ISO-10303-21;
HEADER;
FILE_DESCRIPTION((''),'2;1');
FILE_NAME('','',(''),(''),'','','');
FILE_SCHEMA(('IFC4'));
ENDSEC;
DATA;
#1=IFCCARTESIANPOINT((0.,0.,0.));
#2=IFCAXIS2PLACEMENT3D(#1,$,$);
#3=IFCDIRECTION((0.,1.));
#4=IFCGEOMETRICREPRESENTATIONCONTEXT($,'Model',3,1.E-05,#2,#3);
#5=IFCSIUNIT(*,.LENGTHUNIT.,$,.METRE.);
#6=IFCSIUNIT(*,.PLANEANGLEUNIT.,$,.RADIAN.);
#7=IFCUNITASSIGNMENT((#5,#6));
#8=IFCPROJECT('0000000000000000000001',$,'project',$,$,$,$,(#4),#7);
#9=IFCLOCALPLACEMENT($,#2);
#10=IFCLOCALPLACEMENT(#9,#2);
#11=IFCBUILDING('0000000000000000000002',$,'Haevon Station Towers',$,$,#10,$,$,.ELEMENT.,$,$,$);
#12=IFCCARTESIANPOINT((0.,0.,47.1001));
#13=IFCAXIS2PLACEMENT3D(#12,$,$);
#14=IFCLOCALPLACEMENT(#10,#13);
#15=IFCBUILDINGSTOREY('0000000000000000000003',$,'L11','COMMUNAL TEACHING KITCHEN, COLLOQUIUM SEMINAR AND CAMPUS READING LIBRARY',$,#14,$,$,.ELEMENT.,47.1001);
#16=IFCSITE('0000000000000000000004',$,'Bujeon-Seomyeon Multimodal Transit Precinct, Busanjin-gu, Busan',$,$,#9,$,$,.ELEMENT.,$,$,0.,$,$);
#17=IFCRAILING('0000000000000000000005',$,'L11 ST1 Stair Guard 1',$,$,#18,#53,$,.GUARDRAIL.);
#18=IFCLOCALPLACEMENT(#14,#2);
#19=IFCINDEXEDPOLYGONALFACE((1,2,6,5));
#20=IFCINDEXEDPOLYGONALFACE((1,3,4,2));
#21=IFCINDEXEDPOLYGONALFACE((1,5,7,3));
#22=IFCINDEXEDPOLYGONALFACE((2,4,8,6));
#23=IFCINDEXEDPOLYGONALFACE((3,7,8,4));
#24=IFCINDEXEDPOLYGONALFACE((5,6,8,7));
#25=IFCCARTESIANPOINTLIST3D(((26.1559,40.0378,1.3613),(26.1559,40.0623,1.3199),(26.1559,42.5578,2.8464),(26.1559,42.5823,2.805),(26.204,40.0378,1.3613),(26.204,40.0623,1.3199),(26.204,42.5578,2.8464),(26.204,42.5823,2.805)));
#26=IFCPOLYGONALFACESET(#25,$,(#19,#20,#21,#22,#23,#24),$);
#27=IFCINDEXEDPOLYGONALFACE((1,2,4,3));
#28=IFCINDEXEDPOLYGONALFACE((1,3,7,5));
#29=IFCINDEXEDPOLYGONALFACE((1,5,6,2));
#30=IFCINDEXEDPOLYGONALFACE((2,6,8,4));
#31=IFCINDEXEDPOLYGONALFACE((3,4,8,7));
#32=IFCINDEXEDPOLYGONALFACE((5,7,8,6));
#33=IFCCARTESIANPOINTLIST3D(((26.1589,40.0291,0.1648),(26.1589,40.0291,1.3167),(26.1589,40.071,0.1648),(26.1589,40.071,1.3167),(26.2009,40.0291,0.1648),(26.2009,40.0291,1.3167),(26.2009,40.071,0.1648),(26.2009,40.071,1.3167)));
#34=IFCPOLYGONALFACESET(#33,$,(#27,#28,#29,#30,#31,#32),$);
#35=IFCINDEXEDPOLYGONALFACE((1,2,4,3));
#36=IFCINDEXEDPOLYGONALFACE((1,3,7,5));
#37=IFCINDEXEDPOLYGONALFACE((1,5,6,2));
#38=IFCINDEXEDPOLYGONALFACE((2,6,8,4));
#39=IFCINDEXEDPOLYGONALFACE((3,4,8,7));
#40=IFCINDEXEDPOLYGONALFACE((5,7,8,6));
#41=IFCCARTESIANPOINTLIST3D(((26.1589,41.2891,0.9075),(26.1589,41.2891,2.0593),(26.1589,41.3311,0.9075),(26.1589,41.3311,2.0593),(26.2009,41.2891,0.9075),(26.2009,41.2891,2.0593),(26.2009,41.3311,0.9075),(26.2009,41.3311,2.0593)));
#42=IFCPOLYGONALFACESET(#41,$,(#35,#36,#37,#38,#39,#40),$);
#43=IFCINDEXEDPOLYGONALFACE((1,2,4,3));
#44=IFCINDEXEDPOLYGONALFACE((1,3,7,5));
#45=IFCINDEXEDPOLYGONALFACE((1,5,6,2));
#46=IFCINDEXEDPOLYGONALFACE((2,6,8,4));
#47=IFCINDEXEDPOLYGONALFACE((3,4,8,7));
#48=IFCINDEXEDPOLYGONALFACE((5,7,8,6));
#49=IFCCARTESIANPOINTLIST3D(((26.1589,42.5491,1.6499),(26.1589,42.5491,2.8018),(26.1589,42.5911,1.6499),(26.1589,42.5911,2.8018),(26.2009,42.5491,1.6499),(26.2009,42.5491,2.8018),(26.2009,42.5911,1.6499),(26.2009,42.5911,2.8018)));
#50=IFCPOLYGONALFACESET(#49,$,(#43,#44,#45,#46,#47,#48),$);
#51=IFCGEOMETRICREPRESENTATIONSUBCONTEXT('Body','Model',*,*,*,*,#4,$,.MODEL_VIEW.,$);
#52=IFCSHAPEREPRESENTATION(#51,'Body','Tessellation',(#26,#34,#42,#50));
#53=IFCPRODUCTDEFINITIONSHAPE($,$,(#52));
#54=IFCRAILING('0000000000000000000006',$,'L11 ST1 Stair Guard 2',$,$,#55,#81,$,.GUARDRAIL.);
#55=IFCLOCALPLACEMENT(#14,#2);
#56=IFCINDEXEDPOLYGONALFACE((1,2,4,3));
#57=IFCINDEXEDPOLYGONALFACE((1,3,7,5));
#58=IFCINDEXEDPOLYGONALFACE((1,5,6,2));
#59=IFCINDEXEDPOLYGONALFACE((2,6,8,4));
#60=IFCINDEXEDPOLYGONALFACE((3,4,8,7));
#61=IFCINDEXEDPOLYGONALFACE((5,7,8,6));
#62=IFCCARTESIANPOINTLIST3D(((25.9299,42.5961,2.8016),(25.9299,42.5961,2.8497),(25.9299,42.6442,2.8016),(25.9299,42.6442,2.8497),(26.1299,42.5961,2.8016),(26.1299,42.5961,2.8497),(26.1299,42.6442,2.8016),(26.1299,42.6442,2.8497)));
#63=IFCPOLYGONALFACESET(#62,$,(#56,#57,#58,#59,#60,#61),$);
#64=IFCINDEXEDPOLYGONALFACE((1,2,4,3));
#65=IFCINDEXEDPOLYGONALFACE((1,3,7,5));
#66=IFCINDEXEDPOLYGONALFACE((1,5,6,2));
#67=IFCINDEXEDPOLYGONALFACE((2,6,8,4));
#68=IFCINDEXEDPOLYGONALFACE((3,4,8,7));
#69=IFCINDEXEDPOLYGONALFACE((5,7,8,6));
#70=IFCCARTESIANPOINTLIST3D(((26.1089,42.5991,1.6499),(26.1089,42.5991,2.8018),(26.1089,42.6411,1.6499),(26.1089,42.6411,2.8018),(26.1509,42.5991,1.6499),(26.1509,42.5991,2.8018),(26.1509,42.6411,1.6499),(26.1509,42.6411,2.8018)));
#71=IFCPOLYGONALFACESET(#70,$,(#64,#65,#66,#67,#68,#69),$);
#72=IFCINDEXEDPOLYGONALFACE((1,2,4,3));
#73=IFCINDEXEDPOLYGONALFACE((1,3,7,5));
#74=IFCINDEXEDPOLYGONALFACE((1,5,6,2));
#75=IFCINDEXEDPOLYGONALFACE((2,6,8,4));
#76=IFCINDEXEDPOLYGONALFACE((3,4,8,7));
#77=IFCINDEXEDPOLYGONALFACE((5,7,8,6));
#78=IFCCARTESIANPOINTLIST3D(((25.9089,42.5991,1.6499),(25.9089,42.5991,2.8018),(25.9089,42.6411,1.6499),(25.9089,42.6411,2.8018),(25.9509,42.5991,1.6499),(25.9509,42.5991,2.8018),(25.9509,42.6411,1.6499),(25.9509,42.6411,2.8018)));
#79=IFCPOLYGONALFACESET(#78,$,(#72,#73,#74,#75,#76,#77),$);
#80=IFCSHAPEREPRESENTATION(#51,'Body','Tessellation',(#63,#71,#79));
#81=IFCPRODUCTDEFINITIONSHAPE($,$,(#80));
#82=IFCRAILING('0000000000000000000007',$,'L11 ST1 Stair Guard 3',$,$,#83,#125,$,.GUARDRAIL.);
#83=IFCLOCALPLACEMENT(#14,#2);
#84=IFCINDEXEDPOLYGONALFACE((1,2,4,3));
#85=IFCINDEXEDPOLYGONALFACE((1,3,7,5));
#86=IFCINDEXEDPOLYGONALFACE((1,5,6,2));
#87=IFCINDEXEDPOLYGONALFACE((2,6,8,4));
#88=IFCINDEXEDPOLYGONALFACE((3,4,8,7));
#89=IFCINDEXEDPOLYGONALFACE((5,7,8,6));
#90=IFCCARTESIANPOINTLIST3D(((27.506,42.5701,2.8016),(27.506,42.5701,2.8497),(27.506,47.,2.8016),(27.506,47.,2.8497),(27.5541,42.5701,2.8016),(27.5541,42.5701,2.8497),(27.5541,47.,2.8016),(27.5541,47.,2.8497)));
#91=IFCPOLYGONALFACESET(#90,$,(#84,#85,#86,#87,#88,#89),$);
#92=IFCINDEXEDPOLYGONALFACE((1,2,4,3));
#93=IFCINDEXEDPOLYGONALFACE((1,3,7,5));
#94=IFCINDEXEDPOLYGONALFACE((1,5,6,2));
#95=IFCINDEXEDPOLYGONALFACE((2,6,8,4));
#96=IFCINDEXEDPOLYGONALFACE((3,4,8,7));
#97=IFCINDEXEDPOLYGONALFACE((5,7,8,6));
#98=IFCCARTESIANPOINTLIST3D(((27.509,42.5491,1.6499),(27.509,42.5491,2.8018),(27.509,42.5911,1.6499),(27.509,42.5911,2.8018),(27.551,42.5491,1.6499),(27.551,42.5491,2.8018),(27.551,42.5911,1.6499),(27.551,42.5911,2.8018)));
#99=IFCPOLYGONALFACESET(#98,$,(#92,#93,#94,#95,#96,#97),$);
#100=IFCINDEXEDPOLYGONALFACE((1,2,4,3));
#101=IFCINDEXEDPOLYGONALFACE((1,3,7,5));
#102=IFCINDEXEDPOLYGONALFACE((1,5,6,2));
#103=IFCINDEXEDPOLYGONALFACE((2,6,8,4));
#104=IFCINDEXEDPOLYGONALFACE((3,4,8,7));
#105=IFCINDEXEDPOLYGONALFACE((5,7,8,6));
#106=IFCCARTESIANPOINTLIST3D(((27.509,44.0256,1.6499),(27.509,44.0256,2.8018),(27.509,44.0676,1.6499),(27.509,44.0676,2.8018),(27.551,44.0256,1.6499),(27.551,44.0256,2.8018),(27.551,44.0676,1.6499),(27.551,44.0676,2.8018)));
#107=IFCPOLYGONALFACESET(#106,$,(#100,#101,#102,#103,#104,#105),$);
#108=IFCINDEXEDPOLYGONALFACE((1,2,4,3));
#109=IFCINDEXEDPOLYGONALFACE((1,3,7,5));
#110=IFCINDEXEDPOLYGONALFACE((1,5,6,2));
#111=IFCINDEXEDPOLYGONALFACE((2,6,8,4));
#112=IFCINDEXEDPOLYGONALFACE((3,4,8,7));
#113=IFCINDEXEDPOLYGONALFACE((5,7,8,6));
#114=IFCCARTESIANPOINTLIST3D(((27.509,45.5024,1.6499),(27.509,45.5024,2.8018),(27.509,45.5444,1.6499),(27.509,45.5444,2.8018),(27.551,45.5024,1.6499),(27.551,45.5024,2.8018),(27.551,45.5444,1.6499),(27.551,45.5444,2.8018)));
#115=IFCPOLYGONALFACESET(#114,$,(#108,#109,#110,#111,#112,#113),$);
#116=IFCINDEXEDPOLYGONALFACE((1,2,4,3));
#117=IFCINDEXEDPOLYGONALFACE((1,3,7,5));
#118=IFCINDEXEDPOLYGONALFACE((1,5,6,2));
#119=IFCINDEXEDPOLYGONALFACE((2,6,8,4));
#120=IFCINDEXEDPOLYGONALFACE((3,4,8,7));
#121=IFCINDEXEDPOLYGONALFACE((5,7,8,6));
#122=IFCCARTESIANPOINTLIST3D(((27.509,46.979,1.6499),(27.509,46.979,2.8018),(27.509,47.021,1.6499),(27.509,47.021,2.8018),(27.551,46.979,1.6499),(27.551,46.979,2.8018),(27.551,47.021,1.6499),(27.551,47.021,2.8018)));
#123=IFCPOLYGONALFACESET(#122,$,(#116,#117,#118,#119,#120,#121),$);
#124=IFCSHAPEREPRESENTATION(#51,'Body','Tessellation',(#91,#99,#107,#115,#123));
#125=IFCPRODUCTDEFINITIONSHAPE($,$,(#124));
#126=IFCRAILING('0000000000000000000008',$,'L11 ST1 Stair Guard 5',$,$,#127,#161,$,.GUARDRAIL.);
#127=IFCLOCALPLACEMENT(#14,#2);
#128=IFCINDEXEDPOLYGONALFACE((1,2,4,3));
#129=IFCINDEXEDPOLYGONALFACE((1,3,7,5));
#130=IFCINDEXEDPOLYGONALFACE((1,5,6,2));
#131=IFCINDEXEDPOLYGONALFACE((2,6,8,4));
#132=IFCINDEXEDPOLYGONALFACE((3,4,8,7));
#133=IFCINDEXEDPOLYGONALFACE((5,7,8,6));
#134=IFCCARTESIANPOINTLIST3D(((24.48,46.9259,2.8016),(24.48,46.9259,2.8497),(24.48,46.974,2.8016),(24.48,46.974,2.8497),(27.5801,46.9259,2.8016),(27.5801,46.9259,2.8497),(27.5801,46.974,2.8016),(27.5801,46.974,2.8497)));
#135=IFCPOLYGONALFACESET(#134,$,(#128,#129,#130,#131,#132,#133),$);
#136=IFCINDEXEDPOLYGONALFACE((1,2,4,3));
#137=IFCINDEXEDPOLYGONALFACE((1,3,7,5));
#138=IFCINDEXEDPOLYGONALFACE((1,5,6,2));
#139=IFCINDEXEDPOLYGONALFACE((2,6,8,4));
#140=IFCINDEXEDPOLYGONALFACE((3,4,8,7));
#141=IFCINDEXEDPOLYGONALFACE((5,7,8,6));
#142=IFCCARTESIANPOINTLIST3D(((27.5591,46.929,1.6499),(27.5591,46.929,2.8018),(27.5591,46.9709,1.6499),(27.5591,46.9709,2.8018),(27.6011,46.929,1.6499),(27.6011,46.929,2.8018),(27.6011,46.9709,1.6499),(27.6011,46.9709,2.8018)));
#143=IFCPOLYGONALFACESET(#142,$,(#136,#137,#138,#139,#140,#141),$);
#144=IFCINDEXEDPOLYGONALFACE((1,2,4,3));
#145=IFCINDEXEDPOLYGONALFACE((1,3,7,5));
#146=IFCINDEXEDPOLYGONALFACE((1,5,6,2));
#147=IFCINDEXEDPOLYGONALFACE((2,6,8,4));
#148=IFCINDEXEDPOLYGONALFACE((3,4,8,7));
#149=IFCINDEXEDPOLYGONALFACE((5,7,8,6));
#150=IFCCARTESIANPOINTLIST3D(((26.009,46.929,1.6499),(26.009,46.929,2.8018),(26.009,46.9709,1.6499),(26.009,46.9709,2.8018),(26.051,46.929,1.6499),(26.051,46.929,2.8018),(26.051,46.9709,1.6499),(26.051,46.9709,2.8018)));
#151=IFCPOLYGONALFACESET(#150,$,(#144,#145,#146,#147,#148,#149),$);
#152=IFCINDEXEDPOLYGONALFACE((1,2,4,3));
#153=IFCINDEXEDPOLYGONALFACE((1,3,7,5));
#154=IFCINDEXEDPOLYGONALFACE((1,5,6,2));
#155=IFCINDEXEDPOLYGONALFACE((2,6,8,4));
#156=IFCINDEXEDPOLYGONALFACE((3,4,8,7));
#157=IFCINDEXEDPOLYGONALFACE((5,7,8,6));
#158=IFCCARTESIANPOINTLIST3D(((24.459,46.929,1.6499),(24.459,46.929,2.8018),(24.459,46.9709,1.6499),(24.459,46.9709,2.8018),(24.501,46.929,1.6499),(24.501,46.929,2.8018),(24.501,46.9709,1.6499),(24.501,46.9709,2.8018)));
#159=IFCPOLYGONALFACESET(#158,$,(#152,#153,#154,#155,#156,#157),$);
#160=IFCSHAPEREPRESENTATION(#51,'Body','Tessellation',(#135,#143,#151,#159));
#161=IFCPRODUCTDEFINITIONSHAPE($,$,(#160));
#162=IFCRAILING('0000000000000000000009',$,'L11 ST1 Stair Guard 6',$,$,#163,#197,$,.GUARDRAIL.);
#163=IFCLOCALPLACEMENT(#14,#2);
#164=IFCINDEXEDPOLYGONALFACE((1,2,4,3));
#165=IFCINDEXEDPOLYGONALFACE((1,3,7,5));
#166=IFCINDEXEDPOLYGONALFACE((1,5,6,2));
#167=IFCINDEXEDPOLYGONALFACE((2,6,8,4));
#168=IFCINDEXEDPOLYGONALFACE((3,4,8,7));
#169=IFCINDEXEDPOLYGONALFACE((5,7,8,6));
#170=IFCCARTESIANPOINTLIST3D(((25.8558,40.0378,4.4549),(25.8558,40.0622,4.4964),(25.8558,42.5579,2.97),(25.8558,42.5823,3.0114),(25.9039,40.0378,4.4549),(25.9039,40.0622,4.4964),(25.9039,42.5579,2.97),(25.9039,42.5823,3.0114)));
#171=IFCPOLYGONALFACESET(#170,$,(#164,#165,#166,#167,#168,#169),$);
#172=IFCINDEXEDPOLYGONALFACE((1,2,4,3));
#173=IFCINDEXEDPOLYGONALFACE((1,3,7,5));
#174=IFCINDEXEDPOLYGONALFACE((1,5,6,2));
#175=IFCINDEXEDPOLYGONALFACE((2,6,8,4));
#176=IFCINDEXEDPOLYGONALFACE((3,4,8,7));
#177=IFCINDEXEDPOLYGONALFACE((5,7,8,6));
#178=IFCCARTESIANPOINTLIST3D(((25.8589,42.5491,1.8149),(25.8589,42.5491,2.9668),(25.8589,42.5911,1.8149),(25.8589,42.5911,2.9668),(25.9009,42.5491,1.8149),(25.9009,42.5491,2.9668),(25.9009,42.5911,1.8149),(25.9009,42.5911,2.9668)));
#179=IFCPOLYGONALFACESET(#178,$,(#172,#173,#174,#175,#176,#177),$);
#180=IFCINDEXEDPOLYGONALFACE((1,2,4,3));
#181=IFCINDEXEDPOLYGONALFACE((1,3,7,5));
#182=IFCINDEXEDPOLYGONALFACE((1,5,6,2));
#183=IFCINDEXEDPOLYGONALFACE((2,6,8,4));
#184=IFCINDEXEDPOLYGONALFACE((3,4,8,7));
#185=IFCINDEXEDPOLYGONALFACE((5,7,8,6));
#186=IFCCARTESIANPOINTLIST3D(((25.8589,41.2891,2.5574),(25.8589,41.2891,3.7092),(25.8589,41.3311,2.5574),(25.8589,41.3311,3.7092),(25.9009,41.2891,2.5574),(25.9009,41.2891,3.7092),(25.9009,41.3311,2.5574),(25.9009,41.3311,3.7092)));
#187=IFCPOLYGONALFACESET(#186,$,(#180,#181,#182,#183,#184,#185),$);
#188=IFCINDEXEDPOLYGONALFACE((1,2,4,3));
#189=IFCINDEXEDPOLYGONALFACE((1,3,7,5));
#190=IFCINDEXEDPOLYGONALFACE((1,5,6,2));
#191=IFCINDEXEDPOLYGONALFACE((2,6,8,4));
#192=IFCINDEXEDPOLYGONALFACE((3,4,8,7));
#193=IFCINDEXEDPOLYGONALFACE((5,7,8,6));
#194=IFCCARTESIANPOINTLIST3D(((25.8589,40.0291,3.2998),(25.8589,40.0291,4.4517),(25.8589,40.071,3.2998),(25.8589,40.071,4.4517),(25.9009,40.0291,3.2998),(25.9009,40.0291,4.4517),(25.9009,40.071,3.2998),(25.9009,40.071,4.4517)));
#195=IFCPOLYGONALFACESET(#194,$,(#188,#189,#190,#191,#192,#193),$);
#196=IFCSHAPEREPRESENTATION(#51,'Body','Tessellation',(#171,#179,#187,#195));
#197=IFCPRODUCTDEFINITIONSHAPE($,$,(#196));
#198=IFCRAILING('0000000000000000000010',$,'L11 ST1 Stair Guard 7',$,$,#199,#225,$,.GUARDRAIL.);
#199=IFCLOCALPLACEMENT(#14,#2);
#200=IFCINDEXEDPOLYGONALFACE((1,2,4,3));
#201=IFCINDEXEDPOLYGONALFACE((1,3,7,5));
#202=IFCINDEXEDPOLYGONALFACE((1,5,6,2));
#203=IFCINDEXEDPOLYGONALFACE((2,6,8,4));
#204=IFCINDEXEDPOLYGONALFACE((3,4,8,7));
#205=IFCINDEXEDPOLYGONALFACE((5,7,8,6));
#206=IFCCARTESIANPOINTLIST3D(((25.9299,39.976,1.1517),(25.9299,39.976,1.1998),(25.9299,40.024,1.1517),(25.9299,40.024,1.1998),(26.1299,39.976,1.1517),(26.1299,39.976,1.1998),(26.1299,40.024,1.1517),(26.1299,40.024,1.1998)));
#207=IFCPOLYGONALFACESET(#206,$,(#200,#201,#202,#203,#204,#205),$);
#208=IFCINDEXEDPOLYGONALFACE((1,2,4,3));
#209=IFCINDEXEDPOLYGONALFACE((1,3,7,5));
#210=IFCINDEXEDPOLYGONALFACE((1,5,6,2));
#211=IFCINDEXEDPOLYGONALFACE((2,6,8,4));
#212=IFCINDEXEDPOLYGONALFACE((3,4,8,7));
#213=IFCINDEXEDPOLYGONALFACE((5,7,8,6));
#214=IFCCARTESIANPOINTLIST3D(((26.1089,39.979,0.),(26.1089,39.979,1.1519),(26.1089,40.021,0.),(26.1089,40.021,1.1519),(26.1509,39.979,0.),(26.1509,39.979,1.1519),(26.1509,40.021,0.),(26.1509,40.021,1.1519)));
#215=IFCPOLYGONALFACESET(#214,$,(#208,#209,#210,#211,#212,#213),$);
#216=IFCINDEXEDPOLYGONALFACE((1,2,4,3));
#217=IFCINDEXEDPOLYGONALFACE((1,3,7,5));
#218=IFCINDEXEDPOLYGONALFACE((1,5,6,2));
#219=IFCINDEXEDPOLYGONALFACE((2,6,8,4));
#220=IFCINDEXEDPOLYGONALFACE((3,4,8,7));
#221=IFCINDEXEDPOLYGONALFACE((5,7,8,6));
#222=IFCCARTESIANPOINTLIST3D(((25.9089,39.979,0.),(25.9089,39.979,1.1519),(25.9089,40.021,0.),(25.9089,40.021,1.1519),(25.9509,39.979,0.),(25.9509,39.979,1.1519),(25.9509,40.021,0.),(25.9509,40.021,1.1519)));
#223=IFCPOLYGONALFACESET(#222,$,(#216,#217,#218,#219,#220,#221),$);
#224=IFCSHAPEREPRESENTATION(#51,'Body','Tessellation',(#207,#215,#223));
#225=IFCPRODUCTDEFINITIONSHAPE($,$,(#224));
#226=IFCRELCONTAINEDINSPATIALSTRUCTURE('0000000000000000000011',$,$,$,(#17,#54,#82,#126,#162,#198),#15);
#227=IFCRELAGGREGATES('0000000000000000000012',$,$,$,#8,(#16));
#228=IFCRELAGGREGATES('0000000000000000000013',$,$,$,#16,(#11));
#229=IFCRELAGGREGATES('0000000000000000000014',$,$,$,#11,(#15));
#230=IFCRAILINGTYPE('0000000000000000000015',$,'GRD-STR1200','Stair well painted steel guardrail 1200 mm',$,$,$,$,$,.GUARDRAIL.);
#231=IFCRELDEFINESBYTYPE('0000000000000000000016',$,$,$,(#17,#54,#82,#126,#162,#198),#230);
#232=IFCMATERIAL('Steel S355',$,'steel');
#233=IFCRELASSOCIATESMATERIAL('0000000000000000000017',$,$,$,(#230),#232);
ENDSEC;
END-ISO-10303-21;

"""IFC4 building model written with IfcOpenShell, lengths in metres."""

from ifc_helpers import new_model, si_unit, direction, frame, origin, origin_2d, place, context, subcontext, project, spatial, rectangle, extrude, material, type_object, element, save


model = new_model("IFC4")

# Units and contexts
model_context = context("Model", 3, precision=1e-05, world=origin(), true_north=direction((0.0, 1.0)))
body_context = subcontext(model_context, "Body", "Model", "MODEL_VIEW")
ifc_project = project(units=[si_unit("LENGTHUNIT", "METRE"), si_unit("PLANEANGLEUNIT", "RADIAN")], contexts=[model_context])

# Site, building, storey
site_placement = place(None, origin())
site = spatial("IfcSite", under=ifc_project, at=site_placement, Name="Bujeon-Seomyeon Multimodal Transit Precinct, Busanjin-gu, Busan", CompositionType="ELEMENT", RefElevation=0.0)
building_placement = place(site_placement, origin())
building = spatial("IfcBuilding", under=site, at=building_placement, Name="Haevon Station Towers", CompositionType="ELEMENT")
storey_placement = place(building_placement, frame((0.0, 0.0, 47.1001)))
storey = spatial("IfcBuildingStorey", under=building, at=storey_placement, Name="L11", Description="COMMUNAL TEACHING KITCHEN, COLLOQUIUM SEMINAR AND CAMPUS READING LIBRARY", CompositionType="ELEMENT", Elevation=47.1001)

# Shared definitions
ifc_material_1 = material(Name="Steel S355", Category="steel")

# Railings
railing_type_1 = type_object("IfcRailingType", Name="GRD-STR1200", Description="Stair well painted steel guardrail 1200 mm", PredefinedType="GUARDRAIL", material=ifc_material_1)
railing_1_placement = place(storey_placement, frame((26.1799, 40.05, 0.1648)))
element("IfcRailing", 1, at=railing_1_placement, inside=storey, type_object=railing_type_1, Name="L11 ST1 Stair Guard 1", PredefinedType="GUARDRAIL", context=body_context, shape_type="SweptSolid", body=[
    extrude(rectangle(XDim=0.0481, YDim=0.0481, at=origin_2d()), frame((0.0, 0.0, 1.1758), z_axis=(0.0, 0.861524, 0.507717), x_axis=(-1.0, 0.0, 0.0)), (0.0, 0.0, 1.0), 2.925),
    extrude(rectangle(XDim=0.042, YDim=0.042, at=origin_2d()), origin(), (0.0, 0.0, 1.0), 1.1519),
    extrude(rectangle(XDim=0.042, YDim=0.042, at=origin_2d()), frame((0.0, 1.26, 0.7427)), (0.0, 0.0, 1.0), 1.1519),
    extrude(rectangle(XDim=0.042, YDim=0.042, at=origin_2d()), frame((0.0, 2.52, 1.4851)), (0.0, 0.0, 1.0), 1.1519),
])
railing_2_placement = place(storey_placement, frame((26.1299, 42.6201, 1.6499)))
element("IfcRailing", 2, at=railing_2_placement, inside=storey, type_object=railing_type_1, Name="L11 ST1 Stair Guard 2", PredefinedType="GUARDRAIL", context=body_context, shape_type="SweptSolid", body=[
    extrude(rectangle(XDim=0.0481, YDim=0.0481, at=origin_2d()), frame((0.0, 0.0, 1.1758), z_axis=(-1.0, 0.0, 0.0), x_axis=(0.0, -1.0, 0.0)), (0.0, 0.0, 1.0), 0.2),
    extrude(rectangle(XDim=0.042, YDim=0.042, at=origin_2d()), origin(), (0.0, 0.0, 1.0), 1.1519),
    extrude(rectangle(XDim=0.042, YDim=0.042, at=origin_2d()), frame((-0.2, 0.0, 0.0)), (0.0, 0.0, 1.0), 1.1519),
])
railing_3_placement = place(storey_placement, frame((27.53, 42.5701, 1.6499)))
element("IfcRailing", 3, at=railing_3_placement, inside=storey, type_object=railing_type_1, Name="L11 ST1 Stair Guard 3", PredefinedType="GUARDRAIL", context=body_context, shape_type="SweptSolid", body=[
    extrude(rectangle(XDim=0.0481, YDim=0.0481, at=origin_2d()), frame((0.0, 0.0, 1.1758), z_axis=(0.0, 1.0, 0.0), x_axis=(-1.0, 0.0, 0.0)), (0.0, 0.0, 1.0), 4.4299),
    extrude(rectangle(XDim=0.042, YDim=0.042, at=origin_2d()), origin(), (0.0, 0.0, 1.0), 1.1519),
    extrude(rectangle(XDim=0.042, YDim=0.042, at=origin_2d()), frame((0.0, 1.4766, 0.0)), (0.0, 0.0, 1.0), 1.1519),
    extrude(rectangle(XDim=0.042, YDim=0.042, at=origin_2d()), frame((0.0, 2.9534, 0.0)), (0.0, 0.0, 1.0), 1.1519),
    extrude(rectangle(XDim=0.042, YDim=0.042, at=origin_2d()), frame((0.0, 4.4299, 0.0)), (0.0, 0.0, 1.0), 1.1519),
])
railing_4_placement = place(storey_placement, frame((27.5801, 46.95, 1.6499)))
element("IfcRailing", 4, at=railing_4_placement, inside=storey, type_object=railing_type_1, Name="L11 ST1 Stair Guard 5", PredefinedType="GUARDRAIL", context=body_context, shape_type="SweptSolid", body=[
    extrude(rectangle(XDim=0.0481, YDim=0.0481, at=origin_2d()), frame((0.0, 0.0, 1.1758), z_axis=(-1.0, 0.0, 0.0), x_axis=(0.0, -1.0, 0.0)), (0.0, 0.0, 1.0), 3.1001),
    extrude(rectangle(XDim=0.042, YDim=0.042, at=origin_2d()), origin(), (0.0, 0.0, 1.0), 1.1519),
    extrude(rectangle(XDim=0.042, YDim=0.042, at=origin_2d()), frame((-1.55, 0.0, 0.0)), (0.0, 0.0, 1.0), 1.1519),
    extrude(rectangle(XDim=0.042, YDim=0.042, at=origin_2d()), frame((-3.1001, 0.0, 0.0)), (0.0, 0.0, 1.0), 1.1519),
])
railing_5_placement = place(storey_placement, frame((25.8799, 42.5701, 1.8149)))
element("IfcRailing", 5, at=railing_5_placement, inside=storey, type_object=railing_type_1, Name="L11 ST1 Stair Guard 6", PredefinedType="GUARDRAIL", context=body_context, shape_type="SweptSolid", body=[
    extrude(rectangle(XDim=0.0481, YDim=0.0481, at=origin_2d()), frame((0.0, 0.0, 1.1758), z_axis=(0.0, -0.861561, 0.507655), x_axis=(1.0, 0.0, 0.0)), (0.0, 0.0, 1.0), 2.925),
    extrude(rectangle(XDim=0.042, YDim=0.042, at=origin_2d()), origin(), (0.0, 0.0, 1.0), 1.1519),
    extrude(rectangle(XDim=0.042, YDim=0.042, at=origin_2d()), frame((0.0, -1.26, 0.7424)), (0.0, 0.0, 1.0), 1.1519),
    extrude(rectangle(XDim=0.042, YDim=0.042, at=origin_2d()), frame((0.0, -2.52, 1.4849)), (0.0, 0.0, 1.0), 1.1519),
])
railing_6_placement = place(storey_placement, frame((26.1299, 40.0, 0.0)))
element("IfcRailing", 6, at=railing_6_placement, inside=storey, type_object=railing_type_1, Name="L11 ST1 Stair Guard 7", PredefinedType="GUARDRAIL", context=body_context, shape_type="SweptSolid", body=[
    extrude(rectangle(XDim=0.0481, YDim=0.0481, at=origin_2d()), frame((0.0, 0.0, 1.1758), z_axis=(-1.0, 0.0, 0.0), x_axis=(0.0, -1.0, 0.0)), (0.0, 0.0, 1.0), 0.2),
    extrude(rectangle(XDim=0.042, YDim=0.042, at=origin_2d()), origin(), (0.0, 0.0, 1.0), 1.1519),
    extrude(rectangle(XDim=0.042, YDim=0.042, at=origin_2d()), frame((-0.2, 0.0, 0.0)), (0.0, 0.0, 1.0), 1.1519),
])

save(model, "model.ifc")
